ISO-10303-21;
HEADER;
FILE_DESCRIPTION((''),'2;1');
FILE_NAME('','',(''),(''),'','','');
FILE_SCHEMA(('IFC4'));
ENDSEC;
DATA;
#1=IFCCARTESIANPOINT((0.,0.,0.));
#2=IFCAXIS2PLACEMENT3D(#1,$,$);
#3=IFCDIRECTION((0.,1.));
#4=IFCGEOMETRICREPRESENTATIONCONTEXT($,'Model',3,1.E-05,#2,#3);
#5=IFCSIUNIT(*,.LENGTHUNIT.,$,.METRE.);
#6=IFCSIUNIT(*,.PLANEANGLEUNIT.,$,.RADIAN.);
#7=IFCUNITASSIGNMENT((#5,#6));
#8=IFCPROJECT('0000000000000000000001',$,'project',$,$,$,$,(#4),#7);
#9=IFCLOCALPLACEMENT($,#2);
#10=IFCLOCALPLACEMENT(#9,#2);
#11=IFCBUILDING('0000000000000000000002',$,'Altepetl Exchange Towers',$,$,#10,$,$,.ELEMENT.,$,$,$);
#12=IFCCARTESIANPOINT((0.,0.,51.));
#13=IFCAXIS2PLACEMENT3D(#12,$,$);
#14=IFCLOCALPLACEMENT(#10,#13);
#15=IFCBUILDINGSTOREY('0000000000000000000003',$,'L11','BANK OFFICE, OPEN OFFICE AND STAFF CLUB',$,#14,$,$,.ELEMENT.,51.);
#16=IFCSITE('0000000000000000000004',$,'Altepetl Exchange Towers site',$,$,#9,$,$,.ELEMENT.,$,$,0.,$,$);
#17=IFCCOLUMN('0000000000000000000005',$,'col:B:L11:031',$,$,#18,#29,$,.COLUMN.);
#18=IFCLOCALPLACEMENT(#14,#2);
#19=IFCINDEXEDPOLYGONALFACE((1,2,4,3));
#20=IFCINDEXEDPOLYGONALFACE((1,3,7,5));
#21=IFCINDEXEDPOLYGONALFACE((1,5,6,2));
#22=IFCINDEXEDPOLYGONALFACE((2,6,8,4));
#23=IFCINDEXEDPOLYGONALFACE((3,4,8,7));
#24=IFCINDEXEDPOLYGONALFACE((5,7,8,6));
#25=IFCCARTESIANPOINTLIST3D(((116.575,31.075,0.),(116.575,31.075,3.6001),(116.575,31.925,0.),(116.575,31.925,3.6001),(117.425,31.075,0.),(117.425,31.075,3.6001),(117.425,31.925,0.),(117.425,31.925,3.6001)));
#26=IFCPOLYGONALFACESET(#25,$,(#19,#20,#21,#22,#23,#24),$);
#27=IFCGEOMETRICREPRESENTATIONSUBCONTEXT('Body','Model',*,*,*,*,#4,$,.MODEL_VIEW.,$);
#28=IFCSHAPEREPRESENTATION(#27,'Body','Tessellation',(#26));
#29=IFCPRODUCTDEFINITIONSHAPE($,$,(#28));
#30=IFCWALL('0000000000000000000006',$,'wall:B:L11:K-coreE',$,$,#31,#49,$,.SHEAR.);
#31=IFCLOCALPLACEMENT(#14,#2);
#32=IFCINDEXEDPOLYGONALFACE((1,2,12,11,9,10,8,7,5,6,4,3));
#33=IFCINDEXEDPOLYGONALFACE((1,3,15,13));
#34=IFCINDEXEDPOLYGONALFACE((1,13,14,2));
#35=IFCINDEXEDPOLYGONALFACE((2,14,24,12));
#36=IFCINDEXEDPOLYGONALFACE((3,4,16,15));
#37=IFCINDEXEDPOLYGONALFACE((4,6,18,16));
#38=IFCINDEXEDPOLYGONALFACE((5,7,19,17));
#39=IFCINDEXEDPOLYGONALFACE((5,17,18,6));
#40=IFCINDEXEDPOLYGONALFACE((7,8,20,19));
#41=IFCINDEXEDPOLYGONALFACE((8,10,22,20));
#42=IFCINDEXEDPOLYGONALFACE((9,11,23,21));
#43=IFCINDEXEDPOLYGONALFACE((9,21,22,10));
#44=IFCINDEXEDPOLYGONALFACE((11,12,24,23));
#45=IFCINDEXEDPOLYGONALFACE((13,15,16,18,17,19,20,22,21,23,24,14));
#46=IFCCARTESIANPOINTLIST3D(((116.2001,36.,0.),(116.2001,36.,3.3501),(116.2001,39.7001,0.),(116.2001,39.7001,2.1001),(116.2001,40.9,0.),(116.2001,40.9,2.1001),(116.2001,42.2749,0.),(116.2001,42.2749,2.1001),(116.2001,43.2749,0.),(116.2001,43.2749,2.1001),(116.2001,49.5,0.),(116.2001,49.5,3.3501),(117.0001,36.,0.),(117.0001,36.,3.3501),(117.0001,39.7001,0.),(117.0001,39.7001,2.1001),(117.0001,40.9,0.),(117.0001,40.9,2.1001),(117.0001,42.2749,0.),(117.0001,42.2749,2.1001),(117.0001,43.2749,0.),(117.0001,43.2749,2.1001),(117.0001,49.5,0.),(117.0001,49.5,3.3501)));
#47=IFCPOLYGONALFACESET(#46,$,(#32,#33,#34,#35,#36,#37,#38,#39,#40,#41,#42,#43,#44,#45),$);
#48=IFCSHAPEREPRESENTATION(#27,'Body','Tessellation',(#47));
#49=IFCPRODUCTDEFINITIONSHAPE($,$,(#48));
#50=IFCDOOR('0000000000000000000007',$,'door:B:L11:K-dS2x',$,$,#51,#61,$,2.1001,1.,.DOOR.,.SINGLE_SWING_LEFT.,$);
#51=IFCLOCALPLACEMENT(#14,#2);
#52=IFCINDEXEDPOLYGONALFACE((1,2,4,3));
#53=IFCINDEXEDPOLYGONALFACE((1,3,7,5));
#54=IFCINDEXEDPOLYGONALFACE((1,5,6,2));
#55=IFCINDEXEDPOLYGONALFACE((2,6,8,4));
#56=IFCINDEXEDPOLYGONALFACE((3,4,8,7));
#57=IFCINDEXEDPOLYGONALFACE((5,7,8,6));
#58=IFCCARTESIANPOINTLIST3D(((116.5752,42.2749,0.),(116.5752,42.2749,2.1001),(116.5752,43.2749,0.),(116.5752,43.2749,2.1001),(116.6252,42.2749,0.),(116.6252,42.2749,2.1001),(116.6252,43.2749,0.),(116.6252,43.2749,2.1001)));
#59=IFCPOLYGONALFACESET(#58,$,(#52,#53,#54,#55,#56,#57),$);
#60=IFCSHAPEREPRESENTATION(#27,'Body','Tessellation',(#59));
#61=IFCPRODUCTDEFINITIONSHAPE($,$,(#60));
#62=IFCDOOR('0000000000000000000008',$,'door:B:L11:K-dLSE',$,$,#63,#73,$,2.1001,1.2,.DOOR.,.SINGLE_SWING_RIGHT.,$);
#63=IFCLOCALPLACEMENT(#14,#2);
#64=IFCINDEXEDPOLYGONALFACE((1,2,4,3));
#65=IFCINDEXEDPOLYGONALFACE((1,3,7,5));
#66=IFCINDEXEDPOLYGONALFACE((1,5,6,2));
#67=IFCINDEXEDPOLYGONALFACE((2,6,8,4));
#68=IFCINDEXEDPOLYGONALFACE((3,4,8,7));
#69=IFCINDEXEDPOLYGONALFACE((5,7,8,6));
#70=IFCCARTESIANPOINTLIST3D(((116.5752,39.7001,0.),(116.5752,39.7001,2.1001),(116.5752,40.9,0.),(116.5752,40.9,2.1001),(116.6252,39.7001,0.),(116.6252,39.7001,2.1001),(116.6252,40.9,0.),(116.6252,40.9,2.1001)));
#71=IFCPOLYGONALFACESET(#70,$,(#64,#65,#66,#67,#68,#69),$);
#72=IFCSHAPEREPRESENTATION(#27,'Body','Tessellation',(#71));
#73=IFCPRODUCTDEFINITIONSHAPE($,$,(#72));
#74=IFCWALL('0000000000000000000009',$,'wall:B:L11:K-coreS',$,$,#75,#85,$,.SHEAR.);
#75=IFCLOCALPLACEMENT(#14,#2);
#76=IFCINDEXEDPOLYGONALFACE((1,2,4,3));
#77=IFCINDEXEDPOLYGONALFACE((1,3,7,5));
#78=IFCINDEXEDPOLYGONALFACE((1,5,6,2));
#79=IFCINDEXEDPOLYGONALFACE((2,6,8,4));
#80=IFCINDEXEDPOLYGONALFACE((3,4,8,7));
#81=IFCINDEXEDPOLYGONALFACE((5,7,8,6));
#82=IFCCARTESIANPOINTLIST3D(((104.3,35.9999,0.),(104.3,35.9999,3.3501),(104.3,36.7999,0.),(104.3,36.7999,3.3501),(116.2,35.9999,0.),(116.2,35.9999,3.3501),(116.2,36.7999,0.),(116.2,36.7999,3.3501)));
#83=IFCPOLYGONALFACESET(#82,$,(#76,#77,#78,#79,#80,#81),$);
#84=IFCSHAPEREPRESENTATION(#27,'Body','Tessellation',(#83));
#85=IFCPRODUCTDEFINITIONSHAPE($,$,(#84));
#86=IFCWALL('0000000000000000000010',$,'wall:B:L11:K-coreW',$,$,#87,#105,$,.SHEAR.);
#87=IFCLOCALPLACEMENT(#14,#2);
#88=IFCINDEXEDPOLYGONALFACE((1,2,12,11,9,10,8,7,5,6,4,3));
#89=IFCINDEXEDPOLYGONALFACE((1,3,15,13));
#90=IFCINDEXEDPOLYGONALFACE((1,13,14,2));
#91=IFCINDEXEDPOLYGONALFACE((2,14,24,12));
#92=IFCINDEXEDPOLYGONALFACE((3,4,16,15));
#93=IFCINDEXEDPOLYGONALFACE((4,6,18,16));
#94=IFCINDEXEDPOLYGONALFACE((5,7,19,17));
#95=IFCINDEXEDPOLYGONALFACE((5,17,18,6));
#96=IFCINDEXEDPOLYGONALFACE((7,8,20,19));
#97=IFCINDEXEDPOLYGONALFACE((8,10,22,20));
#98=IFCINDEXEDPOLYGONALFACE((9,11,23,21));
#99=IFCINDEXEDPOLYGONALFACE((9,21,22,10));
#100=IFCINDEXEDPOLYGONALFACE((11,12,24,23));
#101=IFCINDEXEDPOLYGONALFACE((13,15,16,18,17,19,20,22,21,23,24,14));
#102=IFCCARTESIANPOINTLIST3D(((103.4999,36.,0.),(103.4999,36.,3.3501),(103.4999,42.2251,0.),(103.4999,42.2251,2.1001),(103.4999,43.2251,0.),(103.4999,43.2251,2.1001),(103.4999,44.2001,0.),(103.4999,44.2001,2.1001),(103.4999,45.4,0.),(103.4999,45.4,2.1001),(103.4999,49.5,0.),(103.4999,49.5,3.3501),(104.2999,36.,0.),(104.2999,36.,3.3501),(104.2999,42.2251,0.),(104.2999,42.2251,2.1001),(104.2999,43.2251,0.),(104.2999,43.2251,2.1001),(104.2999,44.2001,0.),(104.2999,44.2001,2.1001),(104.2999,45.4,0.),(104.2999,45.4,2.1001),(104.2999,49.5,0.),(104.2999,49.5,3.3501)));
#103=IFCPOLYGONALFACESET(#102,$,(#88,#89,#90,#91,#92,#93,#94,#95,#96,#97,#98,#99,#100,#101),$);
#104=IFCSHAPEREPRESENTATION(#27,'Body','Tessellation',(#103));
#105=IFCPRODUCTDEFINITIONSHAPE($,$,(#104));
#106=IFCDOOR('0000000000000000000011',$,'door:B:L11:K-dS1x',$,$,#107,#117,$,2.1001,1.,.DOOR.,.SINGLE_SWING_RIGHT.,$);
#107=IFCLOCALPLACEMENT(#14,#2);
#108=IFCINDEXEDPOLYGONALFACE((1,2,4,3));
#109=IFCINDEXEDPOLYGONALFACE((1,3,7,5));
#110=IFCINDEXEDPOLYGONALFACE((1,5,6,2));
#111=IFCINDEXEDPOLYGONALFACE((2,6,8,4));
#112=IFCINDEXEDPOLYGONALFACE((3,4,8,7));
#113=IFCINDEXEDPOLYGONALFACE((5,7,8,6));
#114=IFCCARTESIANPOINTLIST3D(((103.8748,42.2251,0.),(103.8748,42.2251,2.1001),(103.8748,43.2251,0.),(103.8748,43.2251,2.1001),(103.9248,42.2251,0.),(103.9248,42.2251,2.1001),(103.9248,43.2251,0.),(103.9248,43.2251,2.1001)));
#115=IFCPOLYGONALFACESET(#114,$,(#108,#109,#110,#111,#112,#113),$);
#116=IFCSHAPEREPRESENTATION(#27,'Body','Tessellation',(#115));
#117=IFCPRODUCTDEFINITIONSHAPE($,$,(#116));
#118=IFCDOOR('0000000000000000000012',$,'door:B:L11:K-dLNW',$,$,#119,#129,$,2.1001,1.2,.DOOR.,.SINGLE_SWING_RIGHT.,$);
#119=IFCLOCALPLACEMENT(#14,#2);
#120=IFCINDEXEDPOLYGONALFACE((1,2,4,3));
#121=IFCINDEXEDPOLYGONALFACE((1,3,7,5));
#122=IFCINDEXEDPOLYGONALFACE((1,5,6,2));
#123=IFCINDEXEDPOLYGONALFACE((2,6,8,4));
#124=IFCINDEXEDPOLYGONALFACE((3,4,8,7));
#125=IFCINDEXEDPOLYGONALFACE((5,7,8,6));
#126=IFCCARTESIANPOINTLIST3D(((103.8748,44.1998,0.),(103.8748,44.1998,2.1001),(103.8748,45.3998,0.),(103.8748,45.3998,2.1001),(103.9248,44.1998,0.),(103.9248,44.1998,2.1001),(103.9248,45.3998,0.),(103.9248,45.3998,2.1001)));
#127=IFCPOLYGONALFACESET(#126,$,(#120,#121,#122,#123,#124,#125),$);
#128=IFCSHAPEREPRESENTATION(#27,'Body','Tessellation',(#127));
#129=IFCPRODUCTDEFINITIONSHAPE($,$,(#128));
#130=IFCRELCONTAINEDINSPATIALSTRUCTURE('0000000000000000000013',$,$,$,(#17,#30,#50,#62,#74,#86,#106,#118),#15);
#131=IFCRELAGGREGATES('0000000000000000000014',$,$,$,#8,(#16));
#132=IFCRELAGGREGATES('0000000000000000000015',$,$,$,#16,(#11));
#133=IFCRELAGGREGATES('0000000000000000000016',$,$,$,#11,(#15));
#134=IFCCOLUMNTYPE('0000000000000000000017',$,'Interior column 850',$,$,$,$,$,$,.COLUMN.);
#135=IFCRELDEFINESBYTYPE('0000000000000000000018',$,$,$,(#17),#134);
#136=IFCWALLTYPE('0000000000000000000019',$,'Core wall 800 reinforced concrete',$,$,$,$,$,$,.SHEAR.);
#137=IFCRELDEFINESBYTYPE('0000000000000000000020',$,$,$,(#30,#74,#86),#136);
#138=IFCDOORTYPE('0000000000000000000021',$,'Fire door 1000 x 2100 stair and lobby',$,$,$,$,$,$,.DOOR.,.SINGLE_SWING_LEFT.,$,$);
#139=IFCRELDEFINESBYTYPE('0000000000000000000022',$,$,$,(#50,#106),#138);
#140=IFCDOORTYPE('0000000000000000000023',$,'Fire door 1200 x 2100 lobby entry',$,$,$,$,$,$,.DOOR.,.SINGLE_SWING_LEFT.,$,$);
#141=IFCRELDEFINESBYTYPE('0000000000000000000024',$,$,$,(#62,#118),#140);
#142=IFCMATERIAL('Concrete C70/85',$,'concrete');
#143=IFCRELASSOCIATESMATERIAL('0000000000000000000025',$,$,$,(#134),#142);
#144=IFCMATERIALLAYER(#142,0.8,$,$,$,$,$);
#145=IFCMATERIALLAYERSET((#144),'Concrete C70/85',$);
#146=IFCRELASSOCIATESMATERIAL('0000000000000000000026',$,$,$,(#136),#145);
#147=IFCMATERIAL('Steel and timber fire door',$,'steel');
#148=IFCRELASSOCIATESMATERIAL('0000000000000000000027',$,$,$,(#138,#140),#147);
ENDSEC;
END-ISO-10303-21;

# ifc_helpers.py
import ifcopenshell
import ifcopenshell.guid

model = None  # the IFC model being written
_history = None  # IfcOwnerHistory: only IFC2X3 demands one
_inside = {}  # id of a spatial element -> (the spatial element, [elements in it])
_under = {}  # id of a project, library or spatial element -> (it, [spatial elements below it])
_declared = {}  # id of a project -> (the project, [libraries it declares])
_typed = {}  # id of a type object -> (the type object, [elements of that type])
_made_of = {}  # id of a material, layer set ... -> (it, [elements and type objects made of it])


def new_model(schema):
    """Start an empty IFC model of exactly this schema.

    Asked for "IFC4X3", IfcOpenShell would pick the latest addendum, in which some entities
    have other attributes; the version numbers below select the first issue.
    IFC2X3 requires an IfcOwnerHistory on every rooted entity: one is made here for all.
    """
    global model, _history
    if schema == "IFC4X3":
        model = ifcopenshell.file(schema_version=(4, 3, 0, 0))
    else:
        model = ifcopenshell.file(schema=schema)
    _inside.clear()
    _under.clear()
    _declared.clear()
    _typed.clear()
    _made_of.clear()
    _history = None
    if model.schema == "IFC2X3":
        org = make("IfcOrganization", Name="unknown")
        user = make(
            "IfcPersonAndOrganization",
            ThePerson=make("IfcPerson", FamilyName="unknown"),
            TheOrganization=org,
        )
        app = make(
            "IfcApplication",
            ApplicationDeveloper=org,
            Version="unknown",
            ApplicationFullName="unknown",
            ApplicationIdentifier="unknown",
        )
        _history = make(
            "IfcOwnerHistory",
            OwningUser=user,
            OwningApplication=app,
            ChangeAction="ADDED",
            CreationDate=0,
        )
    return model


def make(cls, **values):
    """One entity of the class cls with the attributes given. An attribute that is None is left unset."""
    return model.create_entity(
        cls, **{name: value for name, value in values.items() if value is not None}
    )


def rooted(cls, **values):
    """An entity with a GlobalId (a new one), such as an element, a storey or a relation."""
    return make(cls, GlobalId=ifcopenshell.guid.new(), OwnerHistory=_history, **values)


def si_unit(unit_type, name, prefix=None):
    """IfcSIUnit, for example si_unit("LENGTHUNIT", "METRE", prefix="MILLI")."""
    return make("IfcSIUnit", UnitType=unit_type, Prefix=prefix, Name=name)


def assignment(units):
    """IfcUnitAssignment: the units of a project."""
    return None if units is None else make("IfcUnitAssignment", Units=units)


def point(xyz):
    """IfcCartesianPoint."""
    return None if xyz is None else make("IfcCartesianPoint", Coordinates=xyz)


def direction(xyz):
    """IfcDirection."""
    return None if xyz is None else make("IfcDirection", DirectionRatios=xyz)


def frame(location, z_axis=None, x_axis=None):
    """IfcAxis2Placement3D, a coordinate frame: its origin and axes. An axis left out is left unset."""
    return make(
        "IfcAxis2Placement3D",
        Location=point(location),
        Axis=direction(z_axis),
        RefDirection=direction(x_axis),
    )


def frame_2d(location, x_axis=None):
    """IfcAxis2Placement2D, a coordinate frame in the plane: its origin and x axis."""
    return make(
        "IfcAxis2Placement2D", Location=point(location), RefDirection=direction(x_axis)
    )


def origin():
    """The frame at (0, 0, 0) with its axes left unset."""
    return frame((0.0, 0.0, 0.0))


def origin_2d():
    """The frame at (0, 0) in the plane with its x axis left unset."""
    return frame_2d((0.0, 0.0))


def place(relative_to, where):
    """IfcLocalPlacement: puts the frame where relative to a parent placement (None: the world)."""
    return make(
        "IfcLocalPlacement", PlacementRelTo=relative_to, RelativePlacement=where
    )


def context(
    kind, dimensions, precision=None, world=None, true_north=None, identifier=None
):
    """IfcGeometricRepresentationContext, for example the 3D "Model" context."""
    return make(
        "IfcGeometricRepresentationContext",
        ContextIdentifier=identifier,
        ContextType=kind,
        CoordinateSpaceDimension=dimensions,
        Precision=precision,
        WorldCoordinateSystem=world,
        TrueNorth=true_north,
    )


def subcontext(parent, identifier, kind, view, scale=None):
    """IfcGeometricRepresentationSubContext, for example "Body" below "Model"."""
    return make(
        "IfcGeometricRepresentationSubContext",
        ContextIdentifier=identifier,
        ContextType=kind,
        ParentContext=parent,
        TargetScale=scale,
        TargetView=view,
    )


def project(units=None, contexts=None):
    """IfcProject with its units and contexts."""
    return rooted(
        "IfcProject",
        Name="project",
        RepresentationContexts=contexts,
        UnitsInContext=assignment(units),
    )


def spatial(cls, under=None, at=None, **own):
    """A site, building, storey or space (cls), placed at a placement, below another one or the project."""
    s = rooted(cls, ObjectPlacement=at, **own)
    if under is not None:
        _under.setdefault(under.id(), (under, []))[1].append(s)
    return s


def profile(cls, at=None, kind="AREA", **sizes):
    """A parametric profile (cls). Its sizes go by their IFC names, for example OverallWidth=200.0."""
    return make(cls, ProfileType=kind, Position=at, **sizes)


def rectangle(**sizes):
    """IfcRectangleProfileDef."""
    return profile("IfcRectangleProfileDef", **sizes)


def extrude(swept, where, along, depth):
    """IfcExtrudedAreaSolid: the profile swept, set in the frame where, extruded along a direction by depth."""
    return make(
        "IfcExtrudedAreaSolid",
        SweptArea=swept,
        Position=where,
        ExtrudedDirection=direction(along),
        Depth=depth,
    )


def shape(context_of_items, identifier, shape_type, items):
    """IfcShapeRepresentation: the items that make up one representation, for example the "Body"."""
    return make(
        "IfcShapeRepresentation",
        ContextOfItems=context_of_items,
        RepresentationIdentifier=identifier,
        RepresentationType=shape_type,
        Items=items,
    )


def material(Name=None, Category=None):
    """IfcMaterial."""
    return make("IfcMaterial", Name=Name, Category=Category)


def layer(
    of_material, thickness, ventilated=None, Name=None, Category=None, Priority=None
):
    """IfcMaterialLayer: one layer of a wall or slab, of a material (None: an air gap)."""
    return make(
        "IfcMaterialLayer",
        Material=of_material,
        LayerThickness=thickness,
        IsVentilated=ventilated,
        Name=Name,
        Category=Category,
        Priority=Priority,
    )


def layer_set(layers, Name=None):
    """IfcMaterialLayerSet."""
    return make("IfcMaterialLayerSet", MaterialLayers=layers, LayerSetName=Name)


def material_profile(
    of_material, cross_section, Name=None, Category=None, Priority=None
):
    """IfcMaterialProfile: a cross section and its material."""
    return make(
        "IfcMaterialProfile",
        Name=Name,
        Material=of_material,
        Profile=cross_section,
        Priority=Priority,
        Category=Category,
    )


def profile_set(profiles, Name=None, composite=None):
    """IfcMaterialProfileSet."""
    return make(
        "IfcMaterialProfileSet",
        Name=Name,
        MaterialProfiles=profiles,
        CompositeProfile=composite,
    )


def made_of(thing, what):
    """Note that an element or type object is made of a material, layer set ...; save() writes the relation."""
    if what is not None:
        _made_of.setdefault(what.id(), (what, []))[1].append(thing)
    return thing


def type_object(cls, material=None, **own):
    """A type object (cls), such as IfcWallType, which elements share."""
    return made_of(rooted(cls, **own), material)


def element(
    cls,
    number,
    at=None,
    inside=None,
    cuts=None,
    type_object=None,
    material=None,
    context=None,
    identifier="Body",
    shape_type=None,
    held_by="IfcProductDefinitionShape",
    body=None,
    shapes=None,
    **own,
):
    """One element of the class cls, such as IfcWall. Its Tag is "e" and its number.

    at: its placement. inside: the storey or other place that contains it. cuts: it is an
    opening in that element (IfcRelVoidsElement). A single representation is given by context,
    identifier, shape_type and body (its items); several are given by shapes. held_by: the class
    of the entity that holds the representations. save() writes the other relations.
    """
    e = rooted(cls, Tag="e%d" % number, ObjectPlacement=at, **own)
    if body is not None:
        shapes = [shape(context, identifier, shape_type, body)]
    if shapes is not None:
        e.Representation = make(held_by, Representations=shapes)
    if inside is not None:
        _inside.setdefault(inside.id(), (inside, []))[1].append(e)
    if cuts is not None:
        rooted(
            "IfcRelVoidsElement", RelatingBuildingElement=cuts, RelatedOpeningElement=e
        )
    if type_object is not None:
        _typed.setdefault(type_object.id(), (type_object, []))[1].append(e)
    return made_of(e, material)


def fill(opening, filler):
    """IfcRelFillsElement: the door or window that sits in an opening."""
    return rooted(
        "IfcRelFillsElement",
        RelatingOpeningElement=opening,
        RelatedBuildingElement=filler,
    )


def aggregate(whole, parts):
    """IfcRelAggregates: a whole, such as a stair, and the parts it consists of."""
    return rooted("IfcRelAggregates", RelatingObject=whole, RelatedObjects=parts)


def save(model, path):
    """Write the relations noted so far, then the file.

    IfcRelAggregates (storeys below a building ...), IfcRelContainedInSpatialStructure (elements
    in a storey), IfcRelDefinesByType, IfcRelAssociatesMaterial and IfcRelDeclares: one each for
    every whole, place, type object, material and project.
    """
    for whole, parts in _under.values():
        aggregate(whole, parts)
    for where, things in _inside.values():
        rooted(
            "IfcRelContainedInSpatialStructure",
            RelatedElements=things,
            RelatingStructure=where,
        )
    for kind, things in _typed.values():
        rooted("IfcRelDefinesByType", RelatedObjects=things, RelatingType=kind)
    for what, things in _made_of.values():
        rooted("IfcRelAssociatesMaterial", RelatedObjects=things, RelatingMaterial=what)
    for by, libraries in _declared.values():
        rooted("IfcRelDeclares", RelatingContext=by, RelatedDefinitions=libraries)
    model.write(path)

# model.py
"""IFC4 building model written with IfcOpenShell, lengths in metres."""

from ifc_helpers import new_model, si_unit, direction, frame, frame_2d, origin, origin_2d, place, context, subcontext, project, spatial, rectangle, extrude, material, layer, layer_set, material_profile, profile_set, type_object, element, fill, save


model = new_model("IFC4")

# Units and contexts
model_context = context("Model", 3, precision=1e-05, world=origin(), true_north=direction((0.0, 1.0)))
body_context = subcontext(model_context, "Body", "Model", "MODEL_VIEW")
ifc_project = project(units=[si_unit("LENGTHUNIT", "METRE"), si_unit("PLANEANGLEUNIT", "RADIAN")], contexts=[model_context])

# Site, building, storey
site_placement = place(None, origin())
site = spatial("IfcSite", under=ifc_project, at=site_placement, Name="Altepetl Exchange Towers site", CompositionType="ELEMENT", RefElevation=0.0)
building_placement = place(site_placement, origin())
building = spatial("IfcBuilding", under=site, at=building_placement, Name="Altepetl Exchange Towers", CompositionType="ELEMENT")
storey_placement = place(building_placement, frame((0.0, 0.0, 51.0)))
storey = spatial("IfcBuildingStorey", under=building, at=storey_placement, Name="L11", Description="BANK OFFICE, OPEN OFFICE AND STAFF CLUB", CompositionType="ELEMENT", Elevation=51.0)

# Column
ifc_material_1 = material(Name="Concrete C70/85", Category="concrete")
ifc_material_profile = material_profile(ifc_material_1, rectangle(XDim=0.8501, YDim=0.8501, at=origin_2d()), Name="850 x 850")
ifc_profile_set = profile_set([ifc_material_profile], Name="Concrete C70/85")
column_type = type_object("IfcColumnType", Name="Interior column 850", PredefinedType="COLUMN", material=ifc_profile_set)
column_placement = place(storey_placement, frame((117.0, 31.5, 0.0)))
element("IfcColumn", 1, at=column_placement, inside=storey, type_object=column_type, Name="col:B:L11:031", PredefinedType="COLUMN", context=body_context, shape_type="SweptSolid", body=[
    extrude(rectangle(XDim=0.8501, YDim=0.8501, at=origin_2d()), origin(), (0.0, 0.0, 1.0), 3.6001),
])

# Wall, openings, doors
ifc_layer_1 = layer(ifc_material_1, 0.8)
ifc_layer_set_1 = layer_set([ifc_layer_1], Name="Concrete C70/85")
wall_type_1 = type_object("IfcWallType", Name="Core wall 800 reinforced concrete", PredefinedType="SHEAR", material=ifc_layer_set_1)
wall_1_placement = place(storey_placement, frame((116.6001, 36.0, 0.0), z_axis=(0.0, 0.0, 1.0), x_axis=(0.0, 1.0, 0.0)))
wall_1 = element("IfcWall", 2, at=wall_1_placement, inside=storey, type_object=wall_type_1, Name="wall:B:L11:K-coreE", PredefinedType="SHEAR", context=body_context, shape_type="SweptSolid", body=[
    extrude(rectangle(XDim=13.5, YDim=0.8, at=frame_2d((6.75, 0.0))), origin(), (0.0, 0.0, 1.0), 3.3501),
])
opening_1_placement = place(wall_1_placement, frame((3.7, 0.0, 0.0)))
opening_1 = element("IfcOpeningElement", 3, at=opening_1_placement, cuts=wall_1, PredefinedType="OPENING", context=body_context, shape_type="SweptSolid", body=[
    extrude(rectangle(XDim=1.2, YDim=2.1001, at=frame_2d((0.6001, 1.05))), frame((0.0, 0.4102, 0.0), z_axis=(0.0, -1.0, 0.0), x_axis=(1.0, 0.0, 0.0)), (0.0, 0.0, 1.0), 0.8201),
])
opening_2_placement = place(wall_1_placement, frame((6.2749, 0.0, 0.0)))
opening_2 = element("IfcOpeningElement", 4, at=opening_2_placement, cuts=wall_1, PredefinedType="OPENING", context=body_context, shape_type="SweptSolid", body=[
    extrude(rectangle(XDim=1.0, YDim=2.1001, at=frame_2d((0.5, 1.05))), frame((0.0, 0.4102, 0.0), z_axis=(0.0, -1.0, 0.0), x_axis=(1.0, 0.0, 0.0)), (0.0, 0.0, 1.0), 0.8201),
])
ifc_material_2 = material(Name="Steel and timber fire door", Category="steel")
door_type_1 = type_object("IfcDoorType", Name="Fire door 1000 x 2100 stair and lobby", OperationType="SINGLE_SWING_LEFT", PredefinedType="DOOR", material=ifc_material_2)
door_1_placement = place(opening_2_placement, origin())
door_1 = element("IfcDoor", 5, at=door_1_placement, inside=storey, type_object=door_type_1, Name="door:B:L11:K-dS2x", OperationType="SINGLE_SWING_LEFT", OverallHeight=2.1001, OverallWidth=1.0, PredefinedType="DOOR", context=body_context, shape_type="SweptSolid", body=[
    extrude(rectangle(XDim=1.0, YDim=2.1001, at=frame_2d((0.5, 1.05))), frame((0.0, 0.0249, 0.0), z_axis=(0.0, -1.0, 0.0), x_axis=(1.0, 0.0, 0.0)), (0.0, 0.0, 1.0), 0.05),
])
fill(opening_2, door_1)
door_type_2 = type_object("IfcDoorType", Name="Fire door 1200 x 2100 lobby entry", OperationType="SINGLE_SWING_LEFT", PredefinedType="DOOR", material=ifc_material_2)
door_2_placement = place(opening_1_placement, origin())
door_2 = element("IfcDoor", 6, at=door_2_placement, inside=storey, type_object=door_type_2, Name="door:B:L11:K-dLSE", OperationType="SINGLE_SWING_RIGHT", OverallHeight=2.1001, OverallWidth=1.2, PredefinedType="DOOR", context=body_context, shape_type="SweptSolid", body=[
    extrude(rectangle(XDim=1.2, YDim=2.1001, at=frame_2d((0.6001, 1.05))), frame((0.0, 0.0249, 0.0), z_axis=(0.0, -1.0, 0.0), x_axis=(1.0, 0.0, 0.0)), (0.0, 0.0, 1.0), 0.05),
])
fill(opening_1, door_2)

# Wall
wall_2_placement = place(storey_placement, frame((104.3, 36.3999, 0.0)))
element("IfcWall", 7, at=wall_2_placement, inside=storey, type_object=wall_type_1, Name="wall:B:L11:K-coreS", PredefinedType="SHEAR", context=body_context, shape_type="SweptSolid", body=[
    extrude(rectangle(XDim=11.8999, YDim=0.8, at=frame_2d((5.95, 0.0))), origin(), (0.0, 0.0, 1.0), 3.3501),
])

# Wall, openings, doors
wall_3_placement = place(storey_placement, frame((103.8999, 36.0, 0.0), z_axis=(0.0, 0.0, 1.0), x_axis=(0.0, 1.0, 0.0)))
wall_3 = element("IfcWall", 8, at=wall_3_placement, inside=storey, type_object=wall_type_1, Name="wall:B:L11:K-coreW", PredefinedType="SHEAR", context=body_context, shape_type="SweptSolid", body=[
    extrude(rectangle(XDim=13.5, YDim=0.8, at=frame_2d((6.75, 0.0))), origin(), (0.0, 0.0, 1.0), 3.3501),
])
opening_3_placement = place(wall_3_placement, frame((8.2, 0.0, 0.0)))
opening_3 = element("IfcOpeningElement", 9, at=opening_3_placement, cuts=wall_3, PredefinedType="OPENING", context=body_context, shape_type="SweptSolid", body=[
    extrude(rectangle(XDim=1.2, YDim=2.1001, at=frame_2d((0.6001, 1.05))), frame((0.0, 0.4102, 0.0), z_axis=(0.0, -1.0, 0.0), x_axis=(1.0, 0.0, 0.0)), (0.0, 0.0, 1.0), 0.8201),
])
opening_4_placement = place(wall_3_placement, frame((6.2251, 0.0, 0.0)))
opening_4 = element("IfcOpeningElement", 10, at=opening_4_placement, cuts=wall_3, PredefinedType="OPENING", context=body_context, shape_type="SweptSolid", body=[
    extrude(rectangle(XDim=1.0, YDim=2.1001, at=frame_2d((0.5, 1.05))), frame((0.0, 0.4102, 0.0), z_axis=(0.0, -1.0, 0.0), x_axis=(1.0, 0.0, 0.0)), (0.0, 0.0, 1.0), 0.8201),
])
door_3_placement = place(opening_4_placement, frame((1.0, 0.0, 0.0), x_axis=(-1.0, 0.0, 0.0)))
door_3 = element("IfcDoor", 11, at=door_3_placement, inside=storey, type_object=door_type_1, Name="door:B:L11:K-dS1x", OperationType="SINGLE_SWING_RIGHT", OverallHeight=2.1001, OverallWidth=1.0, PredefinedType="DOOR", context=body_context, shape_type="SweptSolid", body=[
    extrude(rectangle(XDim=1.0, YDim=2.1001, at=frame_2d((0.5, 1.05))), frame((0.0, 0.0249, 0.0), z_axis=(0.0, -1.0, 0.0), x_axis=(1.0, 0.0, 0.0)), (0.0, 0.0, 1.0), 0.05),
])
fill(opening_4, door_3)
door_4_placement = place(opening_3_placement, frame((1.2, 0.0, 0.0), x_axis=(-1.0, 0.0, 0.0)))
door_4 = element("IfcDoor", 12, at=door_4_placement, inside=storey, type_object=door_type_2, Name="door:B:L11:K-dLNW", OperationType="SINGLE_SWING_RIGHT", OverallHeight=2.1001, OverallWidth=1.2, PredefinedType="DOOR", context=body_context, shape_type="SweptSolid", body=[
    extrude(rectangle(XDim=1.2, YDim=2.1001, at=frame_2d((0.6001, 1.05))), frame((0.0, 0.0249, 0.0), z_axis=(0.0, -1.0, 0.0), x_axis=(1.0, 0.0, 0.0)), (0.0, 0.0, 1.0), 0.05),
])
fill(opening_3, door_4)

save(model, "model.ifc")
